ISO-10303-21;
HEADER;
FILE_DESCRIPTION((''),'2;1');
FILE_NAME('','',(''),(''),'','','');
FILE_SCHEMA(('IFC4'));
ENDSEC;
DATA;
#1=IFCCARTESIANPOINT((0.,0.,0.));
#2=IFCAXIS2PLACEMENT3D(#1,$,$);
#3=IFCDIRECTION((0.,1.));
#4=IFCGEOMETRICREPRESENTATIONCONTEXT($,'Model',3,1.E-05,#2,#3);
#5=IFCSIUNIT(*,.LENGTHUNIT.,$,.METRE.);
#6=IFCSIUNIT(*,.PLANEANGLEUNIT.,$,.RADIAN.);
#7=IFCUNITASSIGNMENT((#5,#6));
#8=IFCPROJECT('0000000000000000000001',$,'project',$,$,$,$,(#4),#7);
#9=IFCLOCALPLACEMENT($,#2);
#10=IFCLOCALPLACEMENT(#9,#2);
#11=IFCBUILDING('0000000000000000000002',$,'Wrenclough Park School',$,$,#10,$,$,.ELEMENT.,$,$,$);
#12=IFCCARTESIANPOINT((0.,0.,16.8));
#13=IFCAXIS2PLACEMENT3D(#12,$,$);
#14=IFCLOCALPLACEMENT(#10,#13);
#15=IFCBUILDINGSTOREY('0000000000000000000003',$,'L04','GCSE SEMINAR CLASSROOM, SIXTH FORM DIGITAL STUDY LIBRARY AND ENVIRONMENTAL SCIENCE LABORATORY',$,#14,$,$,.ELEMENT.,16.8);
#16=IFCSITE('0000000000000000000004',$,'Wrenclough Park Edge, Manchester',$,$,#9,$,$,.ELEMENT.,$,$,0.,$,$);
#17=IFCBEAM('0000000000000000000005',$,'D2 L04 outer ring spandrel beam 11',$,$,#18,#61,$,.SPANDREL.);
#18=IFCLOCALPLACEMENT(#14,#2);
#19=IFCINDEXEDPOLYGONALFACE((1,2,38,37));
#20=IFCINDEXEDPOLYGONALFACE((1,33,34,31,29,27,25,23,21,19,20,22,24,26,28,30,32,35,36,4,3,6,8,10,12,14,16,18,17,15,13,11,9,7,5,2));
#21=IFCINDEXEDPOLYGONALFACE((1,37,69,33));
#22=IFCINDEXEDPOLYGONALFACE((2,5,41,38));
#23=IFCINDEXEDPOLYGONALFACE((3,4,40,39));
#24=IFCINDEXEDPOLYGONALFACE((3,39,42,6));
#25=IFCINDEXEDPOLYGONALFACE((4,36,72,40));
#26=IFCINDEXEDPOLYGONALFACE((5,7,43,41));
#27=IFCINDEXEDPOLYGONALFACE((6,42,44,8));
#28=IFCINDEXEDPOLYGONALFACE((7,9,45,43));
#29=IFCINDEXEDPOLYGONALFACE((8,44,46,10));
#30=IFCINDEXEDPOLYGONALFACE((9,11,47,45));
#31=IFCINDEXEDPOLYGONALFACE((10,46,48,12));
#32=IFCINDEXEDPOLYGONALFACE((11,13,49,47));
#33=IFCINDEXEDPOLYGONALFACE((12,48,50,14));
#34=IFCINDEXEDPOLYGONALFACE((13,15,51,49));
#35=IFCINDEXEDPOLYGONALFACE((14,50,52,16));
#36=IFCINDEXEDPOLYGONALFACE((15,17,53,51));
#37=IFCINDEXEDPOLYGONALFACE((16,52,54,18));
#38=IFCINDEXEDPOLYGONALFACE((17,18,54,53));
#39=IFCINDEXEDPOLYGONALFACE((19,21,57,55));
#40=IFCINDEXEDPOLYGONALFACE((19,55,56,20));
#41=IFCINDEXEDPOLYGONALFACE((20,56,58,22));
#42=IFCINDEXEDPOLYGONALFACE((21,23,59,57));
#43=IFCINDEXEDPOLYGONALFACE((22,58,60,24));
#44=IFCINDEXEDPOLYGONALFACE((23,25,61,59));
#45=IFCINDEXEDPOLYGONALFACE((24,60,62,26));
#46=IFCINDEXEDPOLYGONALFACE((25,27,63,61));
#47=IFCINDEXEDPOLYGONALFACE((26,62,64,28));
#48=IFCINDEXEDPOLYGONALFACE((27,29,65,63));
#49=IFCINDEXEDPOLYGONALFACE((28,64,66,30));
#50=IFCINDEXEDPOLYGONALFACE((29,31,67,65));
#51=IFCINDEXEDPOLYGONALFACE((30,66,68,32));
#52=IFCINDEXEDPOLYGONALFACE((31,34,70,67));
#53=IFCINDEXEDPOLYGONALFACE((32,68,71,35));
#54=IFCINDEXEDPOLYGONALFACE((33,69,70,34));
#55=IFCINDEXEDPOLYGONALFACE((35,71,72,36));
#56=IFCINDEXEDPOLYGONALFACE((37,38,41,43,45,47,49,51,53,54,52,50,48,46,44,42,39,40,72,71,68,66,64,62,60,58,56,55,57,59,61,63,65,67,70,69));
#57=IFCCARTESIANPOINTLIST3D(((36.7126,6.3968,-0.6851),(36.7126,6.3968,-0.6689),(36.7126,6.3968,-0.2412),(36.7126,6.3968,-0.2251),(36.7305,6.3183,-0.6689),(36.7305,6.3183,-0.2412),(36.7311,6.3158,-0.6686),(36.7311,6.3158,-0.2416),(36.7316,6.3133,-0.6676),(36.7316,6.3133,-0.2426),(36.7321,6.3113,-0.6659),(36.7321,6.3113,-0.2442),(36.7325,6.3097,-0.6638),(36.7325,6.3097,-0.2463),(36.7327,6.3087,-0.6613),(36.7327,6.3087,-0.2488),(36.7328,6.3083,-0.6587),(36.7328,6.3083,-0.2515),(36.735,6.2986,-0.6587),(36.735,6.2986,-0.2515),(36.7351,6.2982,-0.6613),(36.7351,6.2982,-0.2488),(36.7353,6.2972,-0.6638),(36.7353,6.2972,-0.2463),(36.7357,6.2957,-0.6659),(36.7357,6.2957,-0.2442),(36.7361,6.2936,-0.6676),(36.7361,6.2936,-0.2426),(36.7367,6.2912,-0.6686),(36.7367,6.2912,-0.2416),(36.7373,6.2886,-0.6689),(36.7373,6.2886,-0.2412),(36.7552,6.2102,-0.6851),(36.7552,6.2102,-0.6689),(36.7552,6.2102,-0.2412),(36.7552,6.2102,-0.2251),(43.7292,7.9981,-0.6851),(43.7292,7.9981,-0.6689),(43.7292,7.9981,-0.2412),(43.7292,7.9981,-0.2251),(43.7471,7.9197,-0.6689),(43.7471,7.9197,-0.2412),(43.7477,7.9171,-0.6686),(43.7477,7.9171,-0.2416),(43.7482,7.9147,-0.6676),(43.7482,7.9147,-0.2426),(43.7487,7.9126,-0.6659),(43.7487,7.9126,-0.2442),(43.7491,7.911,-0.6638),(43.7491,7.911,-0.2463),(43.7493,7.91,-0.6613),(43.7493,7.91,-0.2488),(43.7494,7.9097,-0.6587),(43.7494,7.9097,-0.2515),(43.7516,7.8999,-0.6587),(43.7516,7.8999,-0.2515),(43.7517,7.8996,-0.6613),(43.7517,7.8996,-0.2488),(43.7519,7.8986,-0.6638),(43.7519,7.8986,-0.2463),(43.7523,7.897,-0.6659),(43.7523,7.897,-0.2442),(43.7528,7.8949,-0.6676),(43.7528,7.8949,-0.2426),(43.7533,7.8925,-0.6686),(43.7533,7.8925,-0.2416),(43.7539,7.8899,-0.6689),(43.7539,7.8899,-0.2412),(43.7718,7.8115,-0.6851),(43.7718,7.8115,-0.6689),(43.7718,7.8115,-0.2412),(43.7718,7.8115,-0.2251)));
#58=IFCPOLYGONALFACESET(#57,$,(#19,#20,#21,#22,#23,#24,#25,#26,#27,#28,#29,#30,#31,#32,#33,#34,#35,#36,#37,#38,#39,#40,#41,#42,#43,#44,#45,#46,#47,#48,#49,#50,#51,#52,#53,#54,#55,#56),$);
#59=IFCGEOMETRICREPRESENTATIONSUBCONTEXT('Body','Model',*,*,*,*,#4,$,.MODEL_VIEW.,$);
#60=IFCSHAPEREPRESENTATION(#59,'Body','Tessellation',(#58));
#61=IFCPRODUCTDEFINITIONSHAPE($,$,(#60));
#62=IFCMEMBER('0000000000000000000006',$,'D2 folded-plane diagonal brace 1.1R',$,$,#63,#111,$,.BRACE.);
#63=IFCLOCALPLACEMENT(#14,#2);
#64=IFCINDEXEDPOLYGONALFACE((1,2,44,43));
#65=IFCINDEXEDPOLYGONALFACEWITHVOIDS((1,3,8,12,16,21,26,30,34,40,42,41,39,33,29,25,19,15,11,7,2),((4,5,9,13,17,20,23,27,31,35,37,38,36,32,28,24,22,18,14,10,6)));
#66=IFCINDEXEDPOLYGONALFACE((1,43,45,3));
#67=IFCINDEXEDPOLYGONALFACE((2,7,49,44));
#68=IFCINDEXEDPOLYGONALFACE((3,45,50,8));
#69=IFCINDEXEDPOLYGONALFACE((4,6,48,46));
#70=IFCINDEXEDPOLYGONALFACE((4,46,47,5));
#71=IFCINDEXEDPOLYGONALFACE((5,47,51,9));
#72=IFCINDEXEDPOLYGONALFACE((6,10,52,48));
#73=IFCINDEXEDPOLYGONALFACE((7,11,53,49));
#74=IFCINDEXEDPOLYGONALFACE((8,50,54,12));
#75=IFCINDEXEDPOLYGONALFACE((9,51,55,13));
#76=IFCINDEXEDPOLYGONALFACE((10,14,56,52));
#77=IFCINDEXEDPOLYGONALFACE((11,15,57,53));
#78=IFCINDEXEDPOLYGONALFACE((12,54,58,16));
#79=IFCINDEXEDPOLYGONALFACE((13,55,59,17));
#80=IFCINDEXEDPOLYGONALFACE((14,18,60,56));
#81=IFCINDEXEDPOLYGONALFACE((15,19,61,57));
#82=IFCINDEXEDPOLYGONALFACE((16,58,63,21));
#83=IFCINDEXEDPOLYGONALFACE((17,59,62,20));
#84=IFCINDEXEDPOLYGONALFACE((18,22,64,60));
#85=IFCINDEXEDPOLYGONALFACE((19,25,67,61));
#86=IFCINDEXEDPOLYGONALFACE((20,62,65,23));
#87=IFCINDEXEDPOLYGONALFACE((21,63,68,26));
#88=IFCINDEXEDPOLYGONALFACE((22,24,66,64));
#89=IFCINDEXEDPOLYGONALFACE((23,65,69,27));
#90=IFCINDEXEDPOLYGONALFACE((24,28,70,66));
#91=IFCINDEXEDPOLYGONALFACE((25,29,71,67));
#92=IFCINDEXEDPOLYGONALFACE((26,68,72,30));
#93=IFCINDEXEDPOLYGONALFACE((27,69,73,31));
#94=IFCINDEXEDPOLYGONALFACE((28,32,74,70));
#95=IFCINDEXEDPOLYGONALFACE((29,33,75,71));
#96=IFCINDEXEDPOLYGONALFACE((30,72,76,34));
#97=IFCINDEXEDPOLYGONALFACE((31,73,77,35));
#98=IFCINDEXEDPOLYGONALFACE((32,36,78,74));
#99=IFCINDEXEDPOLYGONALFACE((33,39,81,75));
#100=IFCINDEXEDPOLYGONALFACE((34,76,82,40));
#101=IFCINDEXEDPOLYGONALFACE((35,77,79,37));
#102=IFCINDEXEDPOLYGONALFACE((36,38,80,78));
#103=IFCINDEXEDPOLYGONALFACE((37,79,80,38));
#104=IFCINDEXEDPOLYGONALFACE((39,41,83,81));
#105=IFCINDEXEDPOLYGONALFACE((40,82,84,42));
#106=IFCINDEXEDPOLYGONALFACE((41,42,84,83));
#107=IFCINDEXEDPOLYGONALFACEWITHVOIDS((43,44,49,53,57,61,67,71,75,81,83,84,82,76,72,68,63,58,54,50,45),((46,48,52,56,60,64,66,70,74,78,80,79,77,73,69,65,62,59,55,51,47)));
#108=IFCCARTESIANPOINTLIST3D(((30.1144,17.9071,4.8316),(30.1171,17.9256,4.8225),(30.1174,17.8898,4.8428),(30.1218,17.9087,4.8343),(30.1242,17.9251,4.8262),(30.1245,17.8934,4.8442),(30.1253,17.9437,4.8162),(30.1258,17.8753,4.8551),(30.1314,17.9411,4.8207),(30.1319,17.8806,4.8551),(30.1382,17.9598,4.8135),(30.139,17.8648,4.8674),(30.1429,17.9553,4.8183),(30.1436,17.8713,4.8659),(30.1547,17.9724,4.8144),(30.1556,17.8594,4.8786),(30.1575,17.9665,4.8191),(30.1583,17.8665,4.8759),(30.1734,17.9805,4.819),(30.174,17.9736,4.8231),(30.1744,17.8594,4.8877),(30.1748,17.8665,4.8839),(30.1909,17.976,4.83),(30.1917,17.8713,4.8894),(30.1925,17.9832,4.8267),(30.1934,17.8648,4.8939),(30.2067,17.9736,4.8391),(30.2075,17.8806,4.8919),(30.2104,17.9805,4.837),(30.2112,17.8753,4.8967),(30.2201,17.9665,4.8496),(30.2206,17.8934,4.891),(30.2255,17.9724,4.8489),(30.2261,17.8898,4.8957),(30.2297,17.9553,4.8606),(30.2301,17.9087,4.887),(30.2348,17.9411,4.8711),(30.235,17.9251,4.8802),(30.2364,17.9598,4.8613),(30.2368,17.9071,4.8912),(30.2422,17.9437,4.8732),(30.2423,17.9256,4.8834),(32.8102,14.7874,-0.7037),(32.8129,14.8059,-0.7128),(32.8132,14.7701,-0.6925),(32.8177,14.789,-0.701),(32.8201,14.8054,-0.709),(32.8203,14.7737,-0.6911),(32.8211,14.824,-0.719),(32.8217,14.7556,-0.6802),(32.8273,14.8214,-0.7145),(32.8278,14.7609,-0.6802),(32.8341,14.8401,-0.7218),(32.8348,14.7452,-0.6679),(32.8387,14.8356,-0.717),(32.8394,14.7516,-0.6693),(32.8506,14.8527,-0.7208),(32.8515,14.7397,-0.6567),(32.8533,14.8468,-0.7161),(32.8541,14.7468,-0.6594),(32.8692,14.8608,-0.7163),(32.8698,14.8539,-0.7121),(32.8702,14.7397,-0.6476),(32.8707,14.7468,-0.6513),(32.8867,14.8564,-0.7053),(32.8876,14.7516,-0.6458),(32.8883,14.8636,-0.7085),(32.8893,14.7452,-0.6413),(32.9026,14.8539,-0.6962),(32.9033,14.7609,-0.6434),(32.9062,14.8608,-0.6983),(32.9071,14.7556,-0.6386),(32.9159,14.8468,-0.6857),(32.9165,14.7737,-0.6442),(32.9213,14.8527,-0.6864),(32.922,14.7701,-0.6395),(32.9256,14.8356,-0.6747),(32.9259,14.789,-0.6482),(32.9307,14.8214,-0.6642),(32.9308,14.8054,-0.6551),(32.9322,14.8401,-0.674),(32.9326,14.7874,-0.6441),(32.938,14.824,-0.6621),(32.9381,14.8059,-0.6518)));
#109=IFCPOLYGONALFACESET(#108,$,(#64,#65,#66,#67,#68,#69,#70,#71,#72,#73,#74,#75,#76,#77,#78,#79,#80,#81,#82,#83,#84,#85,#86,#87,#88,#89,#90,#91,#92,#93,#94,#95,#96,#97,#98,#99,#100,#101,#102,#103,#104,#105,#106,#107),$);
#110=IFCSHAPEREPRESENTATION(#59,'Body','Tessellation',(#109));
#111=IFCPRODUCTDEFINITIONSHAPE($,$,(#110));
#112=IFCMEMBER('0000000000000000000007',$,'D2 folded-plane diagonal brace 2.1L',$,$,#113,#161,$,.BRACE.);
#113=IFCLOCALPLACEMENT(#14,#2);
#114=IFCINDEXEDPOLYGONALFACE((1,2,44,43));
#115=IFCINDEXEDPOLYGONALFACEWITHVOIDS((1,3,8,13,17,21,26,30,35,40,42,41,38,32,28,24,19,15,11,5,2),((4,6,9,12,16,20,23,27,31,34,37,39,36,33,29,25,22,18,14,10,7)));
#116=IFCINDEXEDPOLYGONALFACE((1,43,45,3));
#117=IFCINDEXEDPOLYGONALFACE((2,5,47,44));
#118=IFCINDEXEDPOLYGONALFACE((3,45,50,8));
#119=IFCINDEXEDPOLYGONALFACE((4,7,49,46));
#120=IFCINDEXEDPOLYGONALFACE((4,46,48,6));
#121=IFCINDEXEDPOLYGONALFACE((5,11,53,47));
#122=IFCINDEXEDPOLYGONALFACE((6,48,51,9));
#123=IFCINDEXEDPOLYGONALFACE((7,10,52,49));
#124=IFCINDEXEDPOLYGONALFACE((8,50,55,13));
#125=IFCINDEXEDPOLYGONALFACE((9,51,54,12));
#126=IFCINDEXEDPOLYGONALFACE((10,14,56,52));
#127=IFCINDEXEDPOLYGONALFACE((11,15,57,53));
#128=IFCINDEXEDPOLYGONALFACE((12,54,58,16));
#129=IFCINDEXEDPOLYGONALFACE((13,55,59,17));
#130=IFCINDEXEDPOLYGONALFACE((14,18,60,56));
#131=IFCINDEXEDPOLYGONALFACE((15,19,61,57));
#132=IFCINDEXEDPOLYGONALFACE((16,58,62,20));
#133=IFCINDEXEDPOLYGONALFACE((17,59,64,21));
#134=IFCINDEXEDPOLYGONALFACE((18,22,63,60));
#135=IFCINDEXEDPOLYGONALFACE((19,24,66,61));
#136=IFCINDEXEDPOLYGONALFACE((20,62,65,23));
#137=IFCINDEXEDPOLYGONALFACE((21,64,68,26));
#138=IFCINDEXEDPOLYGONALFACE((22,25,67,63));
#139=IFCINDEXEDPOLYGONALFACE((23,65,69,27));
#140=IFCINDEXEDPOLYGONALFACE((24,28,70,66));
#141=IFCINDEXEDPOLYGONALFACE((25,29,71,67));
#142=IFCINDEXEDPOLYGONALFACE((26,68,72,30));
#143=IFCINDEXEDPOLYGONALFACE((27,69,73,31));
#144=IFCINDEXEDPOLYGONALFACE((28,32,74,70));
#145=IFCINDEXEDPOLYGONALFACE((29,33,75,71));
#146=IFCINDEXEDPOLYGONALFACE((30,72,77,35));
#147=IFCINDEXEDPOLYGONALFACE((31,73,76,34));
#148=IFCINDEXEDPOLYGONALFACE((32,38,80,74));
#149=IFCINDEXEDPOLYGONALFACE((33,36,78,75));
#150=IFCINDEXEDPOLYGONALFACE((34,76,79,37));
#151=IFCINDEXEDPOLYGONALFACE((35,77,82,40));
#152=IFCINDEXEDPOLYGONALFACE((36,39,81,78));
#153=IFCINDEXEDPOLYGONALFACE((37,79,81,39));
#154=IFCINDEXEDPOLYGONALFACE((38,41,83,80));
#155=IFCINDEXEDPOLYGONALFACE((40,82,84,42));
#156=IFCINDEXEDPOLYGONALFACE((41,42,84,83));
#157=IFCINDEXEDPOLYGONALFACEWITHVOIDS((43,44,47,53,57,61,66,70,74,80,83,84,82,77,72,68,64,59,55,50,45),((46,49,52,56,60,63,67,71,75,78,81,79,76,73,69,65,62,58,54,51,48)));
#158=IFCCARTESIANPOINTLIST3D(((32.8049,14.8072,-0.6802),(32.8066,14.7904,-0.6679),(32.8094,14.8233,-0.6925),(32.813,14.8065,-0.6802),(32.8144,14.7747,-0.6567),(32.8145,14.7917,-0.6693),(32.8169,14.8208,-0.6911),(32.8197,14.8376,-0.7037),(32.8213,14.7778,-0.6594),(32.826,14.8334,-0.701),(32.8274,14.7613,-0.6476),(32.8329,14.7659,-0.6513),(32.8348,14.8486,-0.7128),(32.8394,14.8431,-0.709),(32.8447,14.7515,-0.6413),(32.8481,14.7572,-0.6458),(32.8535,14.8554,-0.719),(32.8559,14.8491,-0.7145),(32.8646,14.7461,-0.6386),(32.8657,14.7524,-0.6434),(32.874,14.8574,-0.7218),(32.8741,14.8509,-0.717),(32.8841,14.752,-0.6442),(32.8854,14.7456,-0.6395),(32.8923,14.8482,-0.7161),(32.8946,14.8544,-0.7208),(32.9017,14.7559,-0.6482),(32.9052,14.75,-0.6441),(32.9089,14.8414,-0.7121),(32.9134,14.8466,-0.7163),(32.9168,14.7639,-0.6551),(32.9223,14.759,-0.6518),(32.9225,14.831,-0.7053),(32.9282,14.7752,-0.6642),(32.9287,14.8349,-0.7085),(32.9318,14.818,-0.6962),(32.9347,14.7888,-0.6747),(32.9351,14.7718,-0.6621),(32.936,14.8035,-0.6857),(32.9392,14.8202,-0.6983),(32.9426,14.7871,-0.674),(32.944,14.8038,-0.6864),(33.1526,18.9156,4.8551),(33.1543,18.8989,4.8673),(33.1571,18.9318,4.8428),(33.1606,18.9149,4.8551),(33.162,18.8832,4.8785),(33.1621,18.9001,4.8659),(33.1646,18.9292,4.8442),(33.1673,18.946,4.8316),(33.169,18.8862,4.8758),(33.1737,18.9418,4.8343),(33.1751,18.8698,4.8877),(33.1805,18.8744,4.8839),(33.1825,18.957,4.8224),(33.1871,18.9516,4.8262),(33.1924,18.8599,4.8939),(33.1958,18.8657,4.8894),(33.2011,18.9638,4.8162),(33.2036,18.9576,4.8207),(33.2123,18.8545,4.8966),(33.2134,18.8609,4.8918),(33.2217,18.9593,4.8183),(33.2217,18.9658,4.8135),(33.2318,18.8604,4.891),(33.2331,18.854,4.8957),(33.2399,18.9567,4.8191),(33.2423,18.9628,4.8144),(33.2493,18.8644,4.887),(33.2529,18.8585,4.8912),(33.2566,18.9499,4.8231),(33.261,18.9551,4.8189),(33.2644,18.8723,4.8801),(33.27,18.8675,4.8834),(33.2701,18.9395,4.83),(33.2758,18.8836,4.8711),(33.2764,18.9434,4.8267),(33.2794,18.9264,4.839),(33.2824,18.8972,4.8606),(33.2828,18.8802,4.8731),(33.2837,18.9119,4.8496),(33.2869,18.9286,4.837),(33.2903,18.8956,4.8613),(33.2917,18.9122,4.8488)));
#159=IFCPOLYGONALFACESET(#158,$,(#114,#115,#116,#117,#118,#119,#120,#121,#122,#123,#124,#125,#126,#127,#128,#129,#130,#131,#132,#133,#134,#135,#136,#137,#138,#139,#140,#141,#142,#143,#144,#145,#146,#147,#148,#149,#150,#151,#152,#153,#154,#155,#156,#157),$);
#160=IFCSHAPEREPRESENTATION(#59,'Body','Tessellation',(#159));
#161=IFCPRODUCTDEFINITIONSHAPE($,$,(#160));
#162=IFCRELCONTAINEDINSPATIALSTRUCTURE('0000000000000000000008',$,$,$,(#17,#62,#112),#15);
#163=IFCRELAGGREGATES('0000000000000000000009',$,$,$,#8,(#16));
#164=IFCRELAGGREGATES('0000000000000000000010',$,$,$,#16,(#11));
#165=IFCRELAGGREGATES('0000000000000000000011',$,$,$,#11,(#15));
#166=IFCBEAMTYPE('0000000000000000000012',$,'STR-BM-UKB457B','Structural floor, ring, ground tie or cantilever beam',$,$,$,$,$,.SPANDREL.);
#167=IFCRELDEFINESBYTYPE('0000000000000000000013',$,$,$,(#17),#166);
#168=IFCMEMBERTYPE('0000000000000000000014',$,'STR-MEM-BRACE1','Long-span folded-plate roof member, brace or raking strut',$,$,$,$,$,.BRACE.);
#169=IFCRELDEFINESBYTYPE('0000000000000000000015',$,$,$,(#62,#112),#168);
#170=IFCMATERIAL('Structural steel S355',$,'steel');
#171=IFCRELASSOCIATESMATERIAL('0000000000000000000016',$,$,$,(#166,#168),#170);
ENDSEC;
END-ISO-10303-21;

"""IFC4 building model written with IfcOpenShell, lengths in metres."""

from ifc_helpers import new_model, si_unit, direction, frame, origin, origin_2d, place, context, subcontext, project, spatial, hollow_circle, i_section, extrude, material, material_profile, profile_set, type_object, element, save


model = new_model("IFC4")

# Units and contexts
model_context = context("Model", 3, precision=1e-05, world=origin(), true_north=direction((0.0, 1.0)))
body_context = subcontext(model_context, "Body", "Model", "MODEL_VIEW")
ifc_project = project(units=[si_unit("LENGTHUNIT", "METRE"), si_unit("PLANEANGLEUNIT", "RADIAN")], contexts=[model_context])

# Site, building, storey
site_placement = place(None, origin())
site = spatial("IfcSite", under=ifc_project, at=site_placement, Name="Wrenclough Park Edge, Manchester", CompositionType="ELEMENT", RefElevation=0.0)
building_placement = place(site_placement, origin())
building = spatial("IfcBuilding", under=site, at=building_placement, Name="Wrenclough Park School", CompositionType="ELEMENT")
storey_placement = place(building_placement, frame((0.0, 0.0, 16.8)))
storey = spatial("IfcBuildingStorey", under=building, at=storey_placement, Name="L04", Description="GCSE SEMINAR CLASSROOM, SIXTH FORM DIGITAL STUDY LIBRARY AND ENVIRONMENTAL SCIENCE LABORATORY", CompositionType="ELEMENT", Elevation=16.8)

# Beam
ifc_material_1 = material(Name="Structural steel S355", Category="steel")
ifc_material_profile_1 = material_profile(ifc_material_1, i_section(OverallWidth=0.1914, OverallDepth=0.46, WebThickness=0.01, FlangeThickness=0.0161, FilletRadius=0.0103, at=origin_2d()), Name="UKB 457x191x82")
ifc_profile_set_1 = profile_set([ifc_material_profile_1], Name="Structural steel S355")
beam_type = type_object("IfcBeamType", Name="STR-BM-UKB457B", Description="Structural floor, ring, ground tie or cantilever beam", PredefinedType="SPANDREL", material=ifc_profile_set_1)
beam_placement = place(storey_placement, frame((36.7339, 6.3035, -0.4551), z_axis=(0.974933, 0.222498, 0.0), x_axis=(-0.222498, 0.974933, 0.0)))
element("IfcBeam", 1, at=beam_placement, inside=storey, type_object=beam_type, Name="D2 L04 outer ring spandrel beam 11", PredefinedType="SPANDREL", context=body_context, shape_type="SweptSolid", body=[
    extrude(i_section(OverallWidth=0.1914, OverallDepth=0.46, WebThickness=0.01, FlangeThickness=0.0161, FilletRadius=0.0103, at=origin_2d()), origin(), (0.0, 0.0, 1.0), 7.197),
])

# Members
ifc_material_profile_2 = material_profile(ifc_material_1, hollow_circle(Radius=0.0698, WallThickness=0.0081, at=origin_2d()), Name="CHS 139.7x8.0")
ifc_profile_set_2 = profile_set([ifc_material_profile_2], Name="Structural steel S355")
member_type_1 = type_object("IfcMemberType", Name="STR-MEM-BRACE1", Description="Long-span folded-plate roof member, brace or raking strut", PredefinedType="BRACE", material=ifc_profile_set_2)
for number, where, z_axis, x_axis, name in (
    (2, (32.8745, 14.8013, -0.6802), (-0.390583, 0.45199, 0.801966), (-0.756634, -0.653839, 0.0), "D2 folded-plane diagonal brace 1.1R"),
    (3, (32.8745, 14.8013, -0.6802), (0.05037, 0.595247, 0.801963), (-0.996439, 0.08432, 0.0), "D2 folded-plane diagonal brace 2.1L"),
):
    element("IfcMember", number, at=place(storey_placement, frame(where, z_axis=z_axis, x_axis=x_axis)), inside=storey, type_object=member_type_1, Name=name, PredefinedType="BRACE", context=body_context, shape_type="SweptSolid", body=[
        extrude(hollow_circle(Radius=0.0698, WallThickness=0.0081, at=origin_2d()), origin(), (0.0, 0.0, 1.0), 6.9021),
    ])

save(model, "model.ifc")
